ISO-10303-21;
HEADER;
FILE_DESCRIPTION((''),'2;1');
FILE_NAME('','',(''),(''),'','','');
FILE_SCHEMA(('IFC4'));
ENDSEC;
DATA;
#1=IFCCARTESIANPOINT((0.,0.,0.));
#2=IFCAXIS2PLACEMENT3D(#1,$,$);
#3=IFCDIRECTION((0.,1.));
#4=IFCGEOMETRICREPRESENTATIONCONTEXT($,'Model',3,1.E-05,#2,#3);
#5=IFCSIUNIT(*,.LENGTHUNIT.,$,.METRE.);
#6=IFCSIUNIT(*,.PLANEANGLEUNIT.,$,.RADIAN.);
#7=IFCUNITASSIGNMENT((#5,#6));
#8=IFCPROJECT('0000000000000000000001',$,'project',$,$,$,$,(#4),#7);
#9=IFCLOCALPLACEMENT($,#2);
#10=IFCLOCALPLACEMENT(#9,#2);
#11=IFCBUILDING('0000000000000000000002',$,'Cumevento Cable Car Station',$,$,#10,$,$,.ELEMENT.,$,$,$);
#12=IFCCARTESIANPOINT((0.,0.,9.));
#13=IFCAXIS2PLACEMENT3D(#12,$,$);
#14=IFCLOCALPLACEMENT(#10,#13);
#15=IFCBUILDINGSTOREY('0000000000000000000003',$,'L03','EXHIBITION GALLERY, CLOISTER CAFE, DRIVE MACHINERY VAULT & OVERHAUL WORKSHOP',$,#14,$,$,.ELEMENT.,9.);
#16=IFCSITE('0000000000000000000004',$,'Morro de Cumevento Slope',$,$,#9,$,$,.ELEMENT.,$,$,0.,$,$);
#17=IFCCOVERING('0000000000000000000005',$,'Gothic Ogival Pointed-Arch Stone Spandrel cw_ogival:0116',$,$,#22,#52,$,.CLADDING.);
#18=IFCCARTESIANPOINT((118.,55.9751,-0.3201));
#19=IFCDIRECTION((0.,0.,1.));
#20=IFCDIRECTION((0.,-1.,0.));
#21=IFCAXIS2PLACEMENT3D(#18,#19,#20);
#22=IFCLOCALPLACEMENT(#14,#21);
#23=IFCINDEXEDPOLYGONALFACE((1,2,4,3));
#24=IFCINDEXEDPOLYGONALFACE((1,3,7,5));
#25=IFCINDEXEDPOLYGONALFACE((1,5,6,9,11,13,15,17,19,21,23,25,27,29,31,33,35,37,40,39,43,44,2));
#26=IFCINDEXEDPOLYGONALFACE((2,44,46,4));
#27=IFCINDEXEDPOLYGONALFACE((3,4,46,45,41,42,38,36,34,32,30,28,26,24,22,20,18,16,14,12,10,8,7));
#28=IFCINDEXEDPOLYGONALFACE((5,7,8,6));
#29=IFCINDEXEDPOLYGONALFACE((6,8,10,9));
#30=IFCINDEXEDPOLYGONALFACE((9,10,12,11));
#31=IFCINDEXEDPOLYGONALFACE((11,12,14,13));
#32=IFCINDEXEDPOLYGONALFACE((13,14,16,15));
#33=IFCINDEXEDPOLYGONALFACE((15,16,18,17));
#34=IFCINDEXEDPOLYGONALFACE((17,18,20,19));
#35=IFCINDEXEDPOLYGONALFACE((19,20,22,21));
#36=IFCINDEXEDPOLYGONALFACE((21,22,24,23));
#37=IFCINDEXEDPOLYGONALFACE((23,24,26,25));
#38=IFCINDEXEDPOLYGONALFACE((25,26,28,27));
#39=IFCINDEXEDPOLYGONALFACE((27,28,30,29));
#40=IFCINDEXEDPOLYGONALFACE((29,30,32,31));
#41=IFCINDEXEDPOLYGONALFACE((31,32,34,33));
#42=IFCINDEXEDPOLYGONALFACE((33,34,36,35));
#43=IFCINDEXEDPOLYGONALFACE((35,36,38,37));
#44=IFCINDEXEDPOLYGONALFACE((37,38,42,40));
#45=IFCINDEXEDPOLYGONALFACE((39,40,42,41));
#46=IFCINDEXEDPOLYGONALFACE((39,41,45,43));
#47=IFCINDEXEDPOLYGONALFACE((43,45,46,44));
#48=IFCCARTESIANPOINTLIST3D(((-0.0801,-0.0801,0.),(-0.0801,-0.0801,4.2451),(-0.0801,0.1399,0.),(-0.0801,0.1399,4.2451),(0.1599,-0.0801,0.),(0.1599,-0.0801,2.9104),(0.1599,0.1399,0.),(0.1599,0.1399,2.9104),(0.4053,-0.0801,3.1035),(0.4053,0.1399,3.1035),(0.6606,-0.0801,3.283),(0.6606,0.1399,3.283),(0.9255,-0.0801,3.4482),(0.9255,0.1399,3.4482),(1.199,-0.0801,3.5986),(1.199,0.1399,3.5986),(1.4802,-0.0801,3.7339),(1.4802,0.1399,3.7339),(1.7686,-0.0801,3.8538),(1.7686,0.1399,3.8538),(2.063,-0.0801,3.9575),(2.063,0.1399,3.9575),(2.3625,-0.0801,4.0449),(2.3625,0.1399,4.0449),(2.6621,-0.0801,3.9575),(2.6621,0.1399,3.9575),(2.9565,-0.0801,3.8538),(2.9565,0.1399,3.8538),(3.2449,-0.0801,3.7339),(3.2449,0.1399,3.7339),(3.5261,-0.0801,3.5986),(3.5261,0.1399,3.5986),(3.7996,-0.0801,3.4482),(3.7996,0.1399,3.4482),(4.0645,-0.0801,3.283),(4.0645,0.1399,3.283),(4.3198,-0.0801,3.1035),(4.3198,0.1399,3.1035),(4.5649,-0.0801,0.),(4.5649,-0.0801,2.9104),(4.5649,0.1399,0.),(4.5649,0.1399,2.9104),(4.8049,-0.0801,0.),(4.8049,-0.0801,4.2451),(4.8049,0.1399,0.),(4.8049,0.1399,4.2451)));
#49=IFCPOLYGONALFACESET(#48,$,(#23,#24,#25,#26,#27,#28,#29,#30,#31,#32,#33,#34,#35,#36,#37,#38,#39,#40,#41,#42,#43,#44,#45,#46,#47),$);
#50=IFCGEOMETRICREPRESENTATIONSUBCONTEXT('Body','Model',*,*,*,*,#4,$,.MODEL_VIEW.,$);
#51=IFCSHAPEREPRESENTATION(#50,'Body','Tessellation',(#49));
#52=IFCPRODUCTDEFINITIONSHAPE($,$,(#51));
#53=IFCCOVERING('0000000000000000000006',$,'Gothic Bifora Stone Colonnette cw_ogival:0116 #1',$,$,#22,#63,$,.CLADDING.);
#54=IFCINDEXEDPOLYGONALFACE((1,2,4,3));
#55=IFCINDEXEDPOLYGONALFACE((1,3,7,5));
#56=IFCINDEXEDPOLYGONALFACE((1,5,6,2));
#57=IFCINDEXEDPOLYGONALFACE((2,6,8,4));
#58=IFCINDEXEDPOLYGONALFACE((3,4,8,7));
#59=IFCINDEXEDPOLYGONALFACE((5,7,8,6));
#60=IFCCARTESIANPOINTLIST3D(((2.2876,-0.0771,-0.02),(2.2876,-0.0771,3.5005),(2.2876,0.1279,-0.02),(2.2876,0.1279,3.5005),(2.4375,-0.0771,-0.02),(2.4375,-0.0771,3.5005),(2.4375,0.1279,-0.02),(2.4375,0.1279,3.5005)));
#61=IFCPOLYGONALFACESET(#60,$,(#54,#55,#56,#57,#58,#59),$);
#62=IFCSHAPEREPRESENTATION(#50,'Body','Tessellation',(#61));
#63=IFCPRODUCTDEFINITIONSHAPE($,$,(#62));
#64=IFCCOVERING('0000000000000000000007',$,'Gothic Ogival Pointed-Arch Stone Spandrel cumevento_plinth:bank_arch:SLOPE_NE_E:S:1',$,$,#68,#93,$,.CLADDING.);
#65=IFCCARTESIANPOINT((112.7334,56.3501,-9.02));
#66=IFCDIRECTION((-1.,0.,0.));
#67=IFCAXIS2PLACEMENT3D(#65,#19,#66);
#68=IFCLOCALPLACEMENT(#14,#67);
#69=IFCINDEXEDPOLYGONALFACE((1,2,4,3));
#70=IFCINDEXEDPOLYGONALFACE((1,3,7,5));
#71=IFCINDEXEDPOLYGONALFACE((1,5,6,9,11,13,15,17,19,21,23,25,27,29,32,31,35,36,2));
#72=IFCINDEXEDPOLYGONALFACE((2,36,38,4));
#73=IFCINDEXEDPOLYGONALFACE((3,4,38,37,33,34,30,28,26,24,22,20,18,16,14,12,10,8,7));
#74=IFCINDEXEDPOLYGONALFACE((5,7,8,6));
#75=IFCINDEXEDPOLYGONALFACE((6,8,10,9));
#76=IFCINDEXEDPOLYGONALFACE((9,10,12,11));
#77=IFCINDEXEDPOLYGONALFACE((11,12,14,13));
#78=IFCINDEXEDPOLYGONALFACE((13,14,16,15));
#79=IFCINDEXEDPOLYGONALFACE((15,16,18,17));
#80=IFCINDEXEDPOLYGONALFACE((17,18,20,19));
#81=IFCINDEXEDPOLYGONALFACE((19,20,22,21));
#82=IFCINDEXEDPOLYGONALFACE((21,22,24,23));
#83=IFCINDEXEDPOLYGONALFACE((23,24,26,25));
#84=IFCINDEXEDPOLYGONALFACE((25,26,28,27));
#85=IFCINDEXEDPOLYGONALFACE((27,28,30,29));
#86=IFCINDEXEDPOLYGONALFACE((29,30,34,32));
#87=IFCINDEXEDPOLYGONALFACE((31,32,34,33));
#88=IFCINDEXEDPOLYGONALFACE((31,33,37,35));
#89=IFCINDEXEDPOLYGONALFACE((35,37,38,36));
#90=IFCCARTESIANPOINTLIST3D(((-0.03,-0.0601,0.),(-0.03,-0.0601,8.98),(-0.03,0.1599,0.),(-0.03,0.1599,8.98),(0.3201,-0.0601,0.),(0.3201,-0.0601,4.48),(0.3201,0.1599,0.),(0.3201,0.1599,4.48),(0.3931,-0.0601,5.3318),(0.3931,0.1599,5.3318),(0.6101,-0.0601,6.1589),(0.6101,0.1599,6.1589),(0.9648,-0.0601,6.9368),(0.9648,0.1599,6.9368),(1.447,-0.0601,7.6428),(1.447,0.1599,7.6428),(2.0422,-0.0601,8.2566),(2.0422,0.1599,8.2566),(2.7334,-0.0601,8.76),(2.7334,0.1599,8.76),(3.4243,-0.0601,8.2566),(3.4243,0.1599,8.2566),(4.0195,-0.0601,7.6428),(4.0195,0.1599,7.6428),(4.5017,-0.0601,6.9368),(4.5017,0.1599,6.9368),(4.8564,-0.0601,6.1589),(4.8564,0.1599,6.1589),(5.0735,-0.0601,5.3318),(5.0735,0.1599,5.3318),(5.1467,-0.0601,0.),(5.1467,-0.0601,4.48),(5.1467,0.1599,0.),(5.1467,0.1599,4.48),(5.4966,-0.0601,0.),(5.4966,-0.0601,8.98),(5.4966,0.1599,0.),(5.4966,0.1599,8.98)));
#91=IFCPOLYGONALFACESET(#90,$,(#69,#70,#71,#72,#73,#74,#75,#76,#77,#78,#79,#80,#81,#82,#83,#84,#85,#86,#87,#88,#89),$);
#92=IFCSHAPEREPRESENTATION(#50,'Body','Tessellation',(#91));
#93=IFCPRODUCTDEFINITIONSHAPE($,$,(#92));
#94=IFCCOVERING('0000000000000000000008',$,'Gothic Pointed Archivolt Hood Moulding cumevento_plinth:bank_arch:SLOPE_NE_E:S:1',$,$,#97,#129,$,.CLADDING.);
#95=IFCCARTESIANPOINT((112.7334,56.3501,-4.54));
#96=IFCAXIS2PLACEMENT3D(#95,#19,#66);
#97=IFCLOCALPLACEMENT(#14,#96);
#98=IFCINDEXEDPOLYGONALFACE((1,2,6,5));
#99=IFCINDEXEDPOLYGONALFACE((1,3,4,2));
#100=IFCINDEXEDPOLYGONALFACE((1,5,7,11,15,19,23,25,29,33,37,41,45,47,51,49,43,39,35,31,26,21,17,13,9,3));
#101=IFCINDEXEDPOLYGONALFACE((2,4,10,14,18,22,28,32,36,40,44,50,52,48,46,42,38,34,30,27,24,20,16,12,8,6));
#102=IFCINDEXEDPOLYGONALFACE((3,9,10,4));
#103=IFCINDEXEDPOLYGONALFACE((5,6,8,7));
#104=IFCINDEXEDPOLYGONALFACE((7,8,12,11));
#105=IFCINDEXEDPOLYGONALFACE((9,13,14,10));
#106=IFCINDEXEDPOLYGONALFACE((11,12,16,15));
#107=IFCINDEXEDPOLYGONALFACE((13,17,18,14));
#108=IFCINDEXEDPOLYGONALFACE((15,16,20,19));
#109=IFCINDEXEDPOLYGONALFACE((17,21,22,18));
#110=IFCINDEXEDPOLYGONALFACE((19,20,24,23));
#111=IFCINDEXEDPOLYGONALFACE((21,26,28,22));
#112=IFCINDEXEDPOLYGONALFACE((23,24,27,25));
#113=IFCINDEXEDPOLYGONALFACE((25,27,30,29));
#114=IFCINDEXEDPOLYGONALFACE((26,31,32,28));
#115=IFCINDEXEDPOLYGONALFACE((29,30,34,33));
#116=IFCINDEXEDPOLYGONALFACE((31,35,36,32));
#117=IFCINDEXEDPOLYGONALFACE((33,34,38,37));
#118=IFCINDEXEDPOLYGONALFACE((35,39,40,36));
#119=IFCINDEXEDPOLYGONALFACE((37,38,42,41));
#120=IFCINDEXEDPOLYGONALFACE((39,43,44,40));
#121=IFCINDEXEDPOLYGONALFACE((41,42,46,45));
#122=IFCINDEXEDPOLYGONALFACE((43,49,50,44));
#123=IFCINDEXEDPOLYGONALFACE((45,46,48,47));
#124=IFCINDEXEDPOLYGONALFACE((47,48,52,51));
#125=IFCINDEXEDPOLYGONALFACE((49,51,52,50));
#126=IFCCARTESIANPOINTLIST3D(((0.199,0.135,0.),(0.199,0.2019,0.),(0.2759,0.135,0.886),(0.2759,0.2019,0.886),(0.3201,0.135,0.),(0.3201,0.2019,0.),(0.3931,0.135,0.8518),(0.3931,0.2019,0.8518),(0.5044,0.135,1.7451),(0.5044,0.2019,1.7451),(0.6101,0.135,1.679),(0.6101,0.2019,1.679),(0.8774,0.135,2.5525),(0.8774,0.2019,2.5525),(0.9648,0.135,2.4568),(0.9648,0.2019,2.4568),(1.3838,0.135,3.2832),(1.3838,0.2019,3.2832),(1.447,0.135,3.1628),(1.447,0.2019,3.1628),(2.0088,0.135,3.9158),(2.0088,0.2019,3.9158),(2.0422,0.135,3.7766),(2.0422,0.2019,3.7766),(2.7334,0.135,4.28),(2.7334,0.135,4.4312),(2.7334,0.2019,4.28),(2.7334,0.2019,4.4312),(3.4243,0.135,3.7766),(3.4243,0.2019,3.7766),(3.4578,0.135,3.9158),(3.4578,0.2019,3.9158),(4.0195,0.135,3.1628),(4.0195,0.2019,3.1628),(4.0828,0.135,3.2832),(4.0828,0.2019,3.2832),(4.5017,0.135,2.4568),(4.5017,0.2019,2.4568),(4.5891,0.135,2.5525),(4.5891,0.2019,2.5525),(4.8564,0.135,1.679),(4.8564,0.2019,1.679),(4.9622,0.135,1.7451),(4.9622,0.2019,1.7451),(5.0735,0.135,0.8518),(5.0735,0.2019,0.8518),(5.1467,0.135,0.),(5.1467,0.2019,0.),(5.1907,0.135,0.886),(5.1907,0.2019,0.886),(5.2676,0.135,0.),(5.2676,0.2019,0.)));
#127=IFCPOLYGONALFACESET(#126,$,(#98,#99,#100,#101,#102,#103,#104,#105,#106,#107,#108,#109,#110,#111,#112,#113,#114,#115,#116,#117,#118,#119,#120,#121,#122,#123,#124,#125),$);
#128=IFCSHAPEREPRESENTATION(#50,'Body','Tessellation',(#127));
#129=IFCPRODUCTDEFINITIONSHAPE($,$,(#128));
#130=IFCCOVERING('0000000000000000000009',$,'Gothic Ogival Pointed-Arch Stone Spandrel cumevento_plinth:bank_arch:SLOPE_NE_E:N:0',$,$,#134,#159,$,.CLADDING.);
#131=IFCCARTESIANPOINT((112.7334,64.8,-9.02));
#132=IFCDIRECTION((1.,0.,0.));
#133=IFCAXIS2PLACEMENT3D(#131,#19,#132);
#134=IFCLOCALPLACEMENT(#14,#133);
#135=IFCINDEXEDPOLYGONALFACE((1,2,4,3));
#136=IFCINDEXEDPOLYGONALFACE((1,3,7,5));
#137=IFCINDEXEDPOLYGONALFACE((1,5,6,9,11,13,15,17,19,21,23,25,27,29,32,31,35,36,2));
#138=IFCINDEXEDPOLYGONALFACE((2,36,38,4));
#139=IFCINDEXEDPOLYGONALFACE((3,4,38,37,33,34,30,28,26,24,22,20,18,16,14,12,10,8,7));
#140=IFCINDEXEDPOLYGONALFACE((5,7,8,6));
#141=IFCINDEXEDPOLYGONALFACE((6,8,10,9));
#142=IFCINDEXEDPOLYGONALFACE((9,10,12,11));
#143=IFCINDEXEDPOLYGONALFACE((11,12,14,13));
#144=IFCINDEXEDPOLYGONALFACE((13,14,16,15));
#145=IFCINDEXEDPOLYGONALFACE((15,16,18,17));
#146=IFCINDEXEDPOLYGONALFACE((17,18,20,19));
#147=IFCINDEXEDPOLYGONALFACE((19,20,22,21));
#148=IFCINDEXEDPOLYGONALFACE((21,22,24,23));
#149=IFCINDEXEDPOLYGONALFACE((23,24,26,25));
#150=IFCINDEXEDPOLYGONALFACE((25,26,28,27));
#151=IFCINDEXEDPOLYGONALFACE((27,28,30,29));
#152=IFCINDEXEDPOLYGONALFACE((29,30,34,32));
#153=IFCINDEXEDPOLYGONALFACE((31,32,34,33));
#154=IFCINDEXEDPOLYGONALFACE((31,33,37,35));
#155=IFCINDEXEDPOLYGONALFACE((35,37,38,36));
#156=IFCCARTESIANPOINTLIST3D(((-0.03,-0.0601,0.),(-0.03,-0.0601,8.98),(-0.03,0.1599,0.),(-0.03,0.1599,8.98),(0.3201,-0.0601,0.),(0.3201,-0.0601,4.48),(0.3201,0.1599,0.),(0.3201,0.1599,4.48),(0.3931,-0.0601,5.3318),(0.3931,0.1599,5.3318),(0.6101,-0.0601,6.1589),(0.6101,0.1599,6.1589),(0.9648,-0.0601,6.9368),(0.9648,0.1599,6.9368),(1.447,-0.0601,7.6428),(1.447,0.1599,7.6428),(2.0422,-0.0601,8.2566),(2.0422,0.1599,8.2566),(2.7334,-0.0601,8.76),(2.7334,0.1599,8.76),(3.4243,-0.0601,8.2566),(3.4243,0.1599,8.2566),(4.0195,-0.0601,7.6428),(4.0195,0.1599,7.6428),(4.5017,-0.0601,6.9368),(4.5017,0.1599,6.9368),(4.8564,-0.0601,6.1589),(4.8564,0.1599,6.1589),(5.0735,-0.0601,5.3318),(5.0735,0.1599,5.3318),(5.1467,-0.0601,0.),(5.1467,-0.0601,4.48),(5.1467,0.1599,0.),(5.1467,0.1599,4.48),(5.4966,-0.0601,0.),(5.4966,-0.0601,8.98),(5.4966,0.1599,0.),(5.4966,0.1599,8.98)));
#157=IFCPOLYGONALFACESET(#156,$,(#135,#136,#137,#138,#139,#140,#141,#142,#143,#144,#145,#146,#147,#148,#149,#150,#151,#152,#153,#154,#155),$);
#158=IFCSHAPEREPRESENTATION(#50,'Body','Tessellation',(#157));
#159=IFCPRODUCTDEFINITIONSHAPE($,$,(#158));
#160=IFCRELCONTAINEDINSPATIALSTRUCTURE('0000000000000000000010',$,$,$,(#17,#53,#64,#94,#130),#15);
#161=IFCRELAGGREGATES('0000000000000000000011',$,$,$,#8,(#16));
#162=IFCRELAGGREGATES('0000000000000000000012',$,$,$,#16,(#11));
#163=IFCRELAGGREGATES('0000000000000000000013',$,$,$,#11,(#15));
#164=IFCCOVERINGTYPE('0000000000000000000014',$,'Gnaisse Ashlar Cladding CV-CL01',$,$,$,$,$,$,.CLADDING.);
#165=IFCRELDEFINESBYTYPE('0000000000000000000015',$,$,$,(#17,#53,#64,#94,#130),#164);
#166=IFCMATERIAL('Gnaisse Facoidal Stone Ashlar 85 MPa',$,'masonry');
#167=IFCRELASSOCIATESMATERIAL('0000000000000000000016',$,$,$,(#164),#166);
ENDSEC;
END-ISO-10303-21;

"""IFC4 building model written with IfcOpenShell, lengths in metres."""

from ifc_helpers import new_model, si_unit, direction, frame, origin, place, context, subcontext, project, spatial, polyline, outline, extrude, material, type_object, element, save


model = new_model("IFC4")

# Units and contexts
model_context = context("Model", 3, precision=1e-05, world=origin(), true_north=direction((0.0, 1.0)))
body_context = subcontext(model_context, "Body", "Model", "MODEL_VIEW")
ifc_project = project(units=[si_unit("LENGTHUNIT", "METRE"), si_unit("PLANEANGLEUNIT", "RADIAN")], contexts=[model_context])

# Site, building, storey
site_placement = place(None, origin())
site = spatial("IfcSite", under=ifc_project, at=site_placement, Name="Morro de Cumevento Slope", CompositionType="ELEMENT", RefElevation=0.0)
building_placement = place(site_placement, origin())
building = spatial("IfcBuilding", under=site, at=building_placement, Name="Cumevento Cable Car Station", CompositionType="ELEMENT")
storey_placement = place(building_placement, frame((0.0, 0.0, 9.0)))
storey = spatial("IfcBuildingStorey", under=building, at=storey_placement, Name="L03", Description="EXHIBITION GALLERY, CLOISTER CAFE, DRIVE MACHINERY VAULT & OVERHAUL WORKSHOP", CompositionType="ELEMENT", Elevation=9.0)

# Coverings
ifc_material_1 = material(Name="Gnaisse Facoidal Stone Ashlar 85 MPa", Category="masonry")
covering_type = type_object("IfcCoveringType", Name="Gnaisse Ashlar Cladding CV-CL01", PredefinedType="CLADDING", material=ifc_material_1)
placement = place(storey_placement, frame((118.0, 55.9751, -0.3201), z_axis=(0.0, 0.0, 1.0), x_axis=(0.0, -1.0, 0.0)))
element("IfcCovering", 1, at=placement, inside=storey, type_object=covering_type, Name="Gothic Ogival Pointed-Arch Stone Spandrel cw_ogival:0116", PredefinedType="CLADDING", context=body_context, shape_type="SweptSolid", body=[
    extrude(outline(polyline([(-0.0801, 0.0), (-0.0801, 4.2451), (4.8049, 4.2451), (4.8049, 0.0), (4.5649, 0.0), (4.5649, 2.9104), (4.3198, 3.1035), (4.0645, 3.283), (3.7996, 3.4482), (3.5261, 3.5986), (3.2449, 3.7339), (2.9565, 3.8538), (2.6621, 3.9575), (2.3625, 4.0449), (2.063, 3.9575), (1.7686, 3.8538), (1.4802, 3.7339), (1.199, 3.5986), (0.9255, 3.4482), (0.6606, 3.283), (0.4053, 3.1035), (0.1599, 2.9104), (0.1599, 0.0), (-0.0801, 0.0)])), frame((0.0, 0.1399, 0.0), z_axis=(0.0, -1.0, 0.0), x_axis=(1.0, 0.0, 0.0)), (0.0, 0.0, 1.0), 0.22),
])
element("IfcCovering", 2, at=placement, inside=storey, type_object=covering_type, Name="Gothic Bifora Stone Colonnette cw_ogival:0116 #1", PredefinedType="CLADDING", context=body_context, shape_type="SweptSolid", body=[
    extrude(outline(polyline([(2.2876, -0.02), (2.4375, -0.02), (2.4375, 3.5005), (2.2876, 3.5005), (2.2876, -0.02)])), frame((0.0, 0.1279, 0.0), z_axis=(0.0, -1.0, 0.0), x_axis=(1.0, 0.0, 0.0)), (0.0, 0.0, 1.0), 0.2051),
])
covering_1_placement = place(storey_placement, frame((112.7334, 56.3501, -9.02), z_axis=(0.0, 0.0, 1.0), x_axis=(-1.0, 0.0, 0.0)))
element("IfcCovering", 3, at=covering_1_placement, inside=storey, type_object=covering_type, Name="Gothic Ogival Pointed-Arch Stone Spandrel cumevento_plinth:bank_arch:SLOPE_NE_E:S:1", PredefinedType="CLADDING", context=body_context, shape_type="SweptSolid", body=[
    extrude(outline(polyline([(-0.03, 0.0), (-0.03, 8.98), (5.4966, 8.98), (5.4966, 0.0), (5.1467, 0.0), (5.1467, 4.48), (5.0735, 5.3318), (4.8564, 6.1589), (4.5017, 6.9368), (4.0195, 7.6428), (3.4243, 8.2566), (2.7334, 8.76), (2.0422, 8.2566), (1.447, 7.6428), (0.9648, 6.9368), (0.6101, 6.1589), (0.3931, 5.3318), (0.3201, 4.48), (0.3201, 0.0), (-0.03, 0.0)])), frame((0.0, 0.1599, 0.0), z_axis=(0.0, -1.0, 0.0), x_axis=(1.0, 0.0, 0.0)), (0.0, 0.0, 1.0), 0.22),
])
covering_2_placement = place(storey_placement, frame((112.7334, 56.3501, -4.54), z_axis=(0.0, 0.0, 1.0), x_axis=(-1.0, 0.0, 0.0)))
element("IfcCovering", 4, at=covering_2_placement, inside=storey, type_object=covering_type, Name="Gothic Pointed Archivolt Hood Moulding cumevento_plinth:bank_arch:SLOPE_NE_E:S:1", PredefinedType="CLADDING", context=body_context, shape_type="SweptSolid", body=[
    extrude(outline(polyline([(0.3201, 0.0), (0.3931, 0.8518), (0.6101, 1.679), (0.9648, 2.4568), (1.447, 3.1628), (2.0422, 3.7766), (2.7334, 4.28), (3.4243, 3.7766), (4.0195, 3.1628), (4.5017, 2.4568), (4.8564, 1.679), (5.0735, 0.8518), (5.1467, 0.0), (5.2676, 0.0), (5.1907, 0.886), (4.9622, 1.7451), (4.5891, 2.5525), (4.0828, 3.2832), (3.4578, 3.9158), (2.7334, 4.4312), (2.0088, 3.9158), (1.3838, 3.2832), (0.8774, 2.5525), (0.5044, 1.7451), (0.2759, 0.886), (0.199, 0.0), (0.3201, 0.0)])), frame((0.0, 0.2019, 0.0), z_axis=(0.0, -1.0, 0.0), x_axis=(1.0, 0.0, 0.0)), (0.0, 0.0, 1.0), 0.0669),
])
covering_3_placement = place(storey_placement, frame((112.7334, 64.8, -9.02), z_axis=(0.0, 0.0, 1.0), x_axis=(1.0, 0.0, 0.0)))
element("IfcCovering", 5, at=covering_3_placement, inside=storey, type_object=covering_type, Name="Gothic Ogival Pointed-Arch Stone Spandrel cumevento_plinth:bank_arch:SLOPE_NE_E:N:0", PredefinedType="CLADDING", context=body_context, shape_type="SweptSolid", body=[
    extrude(outline(polyline([(-0.03, 0.0), (-0.03, 8.98), (5.4966, 8.98), (5.4966, 0.0), (5.1467, 0.0), (5.1467, 4.48), (5.0735, 5.3318), (4.8564, 6.1589), (4.5017, 6.9368), (4.0195, 7.6428), (3.4243, 8.2566), (2.7334, 8.76), (2.0422, 8.2566), (1.447, 7.6428), (0.9648, 6.9368), (0.6101, 6.1589), (0.3931, 5.3318), (0.3201, 4.48), (0.3201, 0.0), (-0.03, 0.0)])), frame((0.0, 0.1599, 0.0), z_axis=(0.0, -1.0, 0.0), x_axis=(1.0, 0.0, 0.0)), (0.0, 0.0, 1.0), 0.22),
])

save(model, "model.ifc")
